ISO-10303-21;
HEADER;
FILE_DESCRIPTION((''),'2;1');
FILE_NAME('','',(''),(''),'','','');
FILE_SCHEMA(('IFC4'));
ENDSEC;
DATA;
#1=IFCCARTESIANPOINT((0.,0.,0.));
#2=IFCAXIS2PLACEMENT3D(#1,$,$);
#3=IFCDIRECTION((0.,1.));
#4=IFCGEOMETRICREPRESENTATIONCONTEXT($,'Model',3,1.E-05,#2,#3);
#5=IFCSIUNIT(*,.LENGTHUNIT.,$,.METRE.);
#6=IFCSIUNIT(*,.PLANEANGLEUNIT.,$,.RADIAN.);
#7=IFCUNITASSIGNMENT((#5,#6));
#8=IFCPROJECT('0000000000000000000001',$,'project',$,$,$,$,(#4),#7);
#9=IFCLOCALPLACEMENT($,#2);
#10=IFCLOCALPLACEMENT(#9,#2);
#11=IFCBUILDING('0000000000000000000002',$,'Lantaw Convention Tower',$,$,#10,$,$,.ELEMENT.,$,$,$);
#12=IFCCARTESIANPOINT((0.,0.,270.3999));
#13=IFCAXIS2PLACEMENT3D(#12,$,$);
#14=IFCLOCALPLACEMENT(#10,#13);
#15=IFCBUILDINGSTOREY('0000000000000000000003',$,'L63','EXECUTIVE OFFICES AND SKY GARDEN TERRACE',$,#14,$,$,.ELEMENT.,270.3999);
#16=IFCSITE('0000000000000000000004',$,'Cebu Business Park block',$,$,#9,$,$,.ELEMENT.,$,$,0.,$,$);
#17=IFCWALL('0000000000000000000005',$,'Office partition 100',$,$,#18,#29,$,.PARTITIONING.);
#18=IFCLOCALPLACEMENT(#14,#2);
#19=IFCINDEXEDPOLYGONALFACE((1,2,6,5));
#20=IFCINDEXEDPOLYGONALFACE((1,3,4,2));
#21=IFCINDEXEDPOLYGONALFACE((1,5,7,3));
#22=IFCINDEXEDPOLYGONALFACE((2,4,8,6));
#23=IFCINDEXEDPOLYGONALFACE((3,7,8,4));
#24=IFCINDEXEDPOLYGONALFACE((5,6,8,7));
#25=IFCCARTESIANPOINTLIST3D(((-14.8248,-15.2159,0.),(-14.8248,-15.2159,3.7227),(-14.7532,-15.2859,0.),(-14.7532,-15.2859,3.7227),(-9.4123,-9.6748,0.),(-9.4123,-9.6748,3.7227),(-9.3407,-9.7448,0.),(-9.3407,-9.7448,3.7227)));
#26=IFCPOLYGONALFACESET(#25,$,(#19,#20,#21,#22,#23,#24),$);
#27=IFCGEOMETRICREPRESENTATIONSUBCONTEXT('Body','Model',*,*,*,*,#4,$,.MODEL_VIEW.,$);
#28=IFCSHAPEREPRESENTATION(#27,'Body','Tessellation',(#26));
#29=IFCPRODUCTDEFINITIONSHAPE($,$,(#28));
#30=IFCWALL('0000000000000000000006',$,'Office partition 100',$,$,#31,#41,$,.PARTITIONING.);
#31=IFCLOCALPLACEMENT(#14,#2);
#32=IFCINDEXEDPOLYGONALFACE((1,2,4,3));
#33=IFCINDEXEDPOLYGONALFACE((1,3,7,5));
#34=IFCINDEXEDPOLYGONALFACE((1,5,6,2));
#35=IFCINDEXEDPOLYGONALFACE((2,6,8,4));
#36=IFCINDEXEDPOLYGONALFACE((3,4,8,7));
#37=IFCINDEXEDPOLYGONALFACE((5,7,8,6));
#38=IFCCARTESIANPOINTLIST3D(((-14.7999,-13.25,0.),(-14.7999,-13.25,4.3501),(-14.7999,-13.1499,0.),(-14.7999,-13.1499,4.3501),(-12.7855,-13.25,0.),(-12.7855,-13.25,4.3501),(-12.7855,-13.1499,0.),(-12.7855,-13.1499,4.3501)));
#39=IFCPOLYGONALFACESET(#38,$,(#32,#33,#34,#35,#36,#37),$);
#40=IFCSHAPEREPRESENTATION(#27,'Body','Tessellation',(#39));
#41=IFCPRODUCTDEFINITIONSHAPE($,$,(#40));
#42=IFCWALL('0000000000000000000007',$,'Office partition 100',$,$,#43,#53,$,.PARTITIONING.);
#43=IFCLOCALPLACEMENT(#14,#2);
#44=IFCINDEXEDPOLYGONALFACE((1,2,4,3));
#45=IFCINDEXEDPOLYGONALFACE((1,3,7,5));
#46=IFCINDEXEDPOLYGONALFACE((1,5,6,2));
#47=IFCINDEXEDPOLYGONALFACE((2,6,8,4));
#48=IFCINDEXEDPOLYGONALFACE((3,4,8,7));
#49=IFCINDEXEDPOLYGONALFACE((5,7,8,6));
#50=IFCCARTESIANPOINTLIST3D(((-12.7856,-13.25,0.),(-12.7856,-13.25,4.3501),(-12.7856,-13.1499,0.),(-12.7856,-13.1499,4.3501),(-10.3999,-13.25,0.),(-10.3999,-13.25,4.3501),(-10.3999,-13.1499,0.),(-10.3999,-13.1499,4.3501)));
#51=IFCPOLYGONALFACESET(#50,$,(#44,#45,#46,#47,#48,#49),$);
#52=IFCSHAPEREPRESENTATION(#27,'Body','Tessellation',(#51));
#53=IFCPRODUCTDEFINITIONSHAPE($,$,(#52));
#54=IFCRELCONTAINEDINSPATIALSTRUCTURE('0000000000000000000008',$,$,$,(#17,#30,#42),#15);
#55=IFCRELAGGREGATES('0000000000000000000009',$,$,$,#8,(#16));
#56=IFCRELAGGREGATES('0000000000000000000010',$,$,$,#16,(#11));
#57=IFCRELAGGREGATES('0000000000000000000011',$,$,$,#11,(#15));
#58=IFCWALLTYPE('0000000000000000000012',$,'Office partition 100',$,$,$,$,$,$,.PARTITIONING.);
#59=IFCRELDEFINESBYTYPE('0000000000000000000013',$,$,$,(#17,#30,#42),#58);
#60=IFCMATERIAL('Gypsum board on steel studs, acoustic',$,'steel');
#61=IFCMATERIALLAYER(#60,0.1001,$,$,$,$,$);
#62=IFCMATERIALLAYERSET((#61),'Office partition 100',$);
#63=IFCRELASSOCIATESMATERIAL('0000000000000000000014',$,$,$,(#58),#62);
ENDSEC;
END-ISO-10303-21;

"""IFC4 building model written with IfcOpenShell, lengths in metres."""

from ifc_helpers import new_model, si_unit, direction, frame, frame_2d, origin, place, context, subcontext, project, spatial, rectangle, extrude, material, layer, layer_set, type_object, element, save


model = new_model("IFC4")

# Units and contexts
model_context = context("Model", 3, precision=1e-05, world=origin(), true_north=direction((0.0, 1.0)))
body_context = subcontext(model_context, "Body", "Model", "MODEL_VIEW")
ifc_project = project(units=[si_unit("LENGTHUNIT", "METRE"), si_unit("PLANEANGLEUNIT", "RADIAN")], contexts=[model_context])

# Site, building, storey
site_placement = place(None, origin())
site = spatial("IfcSite", under=ifc_project, at=site_placement, Name="Cebu Business Park block", CompositionType="ELEMENT", RefElevation=0.0)
building_placement = place(site_placement, origin())
building = spatial("IfcBuilding", under=site, at=building_placement, Name="Lantaw Convention Tower", CompositionType="ELEMENT")
storey_placement = place(building_placement, frame((0.0, 0.0, 270.3999)))
storey = spatial("IfcBuildingStorey", under=building, at=storey_placement, Name="L63", Description="EXECUTIVE OFFICES AND SKY GARDEN TERRACE", CompositionType="ELEMENT", Elevation=270.3999)

# Walls
ifc_material_1 = material(Name="Gypsum board on steel studs, acoustic", Category="steel")
ifc_layer_1 = layer(ifc_material_1, 0.1001)
ifc_layer_set_1 = layer_set([ifc_layer_1], Name="Office partition 100")
wall_type_1 = type_object("IfcWallType", Name="Office partition 100", PredefinedType="PARTITIONING", material=ifc_layer_set_1)
wall_1_placement = place(storey_placement, frame((-14.7891, -15.251, 0.0), z_axis=(0.0, 0.0, 1.0), x_axis=(0.698753, 0.715363, 0.0)))
element("IfcWall", 1, at=wall_1_placement, inside=storey, type_object=wall_type_1, Name="Office partition 100", PredefinedType="PARTITIONING", context=body_context, shape_type="SweptSolid", body=[
    extrude(rectangle(XDim=7.7458, YDim=0.1001, at=frame_2d((3.873, 0.0))), origin(), (0.0, 0.0, 1.0), 3.7227),
])
wall_2_placement = place(storey_placement, frame((-14.8, -13.2, 0.0), z_axis=(0.0, 0.0, 1.0), x_axis=(1.0, 0.0, 0.0)))
element("IfcWall", 2, at=wall_2_placement, inside=storey, type_object=wall_type_1, Name="Office partition 100", PredefinedType="PARTITIONING", context=body_context, shape_type="SweptSolid", body=[
    extrude(rectangle(XDim=2.0144, YDim=0.1001, at=frame_2d((1.0073, 0.0))), origin(), (0.0, 0.0, 1.0), 4.3501),
])
wall_3_placement = place(storey_placement, frame((-12.7856, -13.2, 0.0), z_axis=(0.0, 0.0, 1.0), x_axis=(1.0, 0.0, 0.0)))
element("IfcWall", 3, at=wall_3_placement, inside=storey, type_object=wall_type_1, Name="Office partition 100", PredefinedType="PARTITIONING", context=body_context, shape_type="SweptSolid", body=[
    extrude(rectangle(XDim=2.3857, YDim=0.1001, at=frame_2d((1.1929, 0.0))), origin(), (0.0, 0.0, 1.0), 4.3501),
])

save(model, "model.ifc")
